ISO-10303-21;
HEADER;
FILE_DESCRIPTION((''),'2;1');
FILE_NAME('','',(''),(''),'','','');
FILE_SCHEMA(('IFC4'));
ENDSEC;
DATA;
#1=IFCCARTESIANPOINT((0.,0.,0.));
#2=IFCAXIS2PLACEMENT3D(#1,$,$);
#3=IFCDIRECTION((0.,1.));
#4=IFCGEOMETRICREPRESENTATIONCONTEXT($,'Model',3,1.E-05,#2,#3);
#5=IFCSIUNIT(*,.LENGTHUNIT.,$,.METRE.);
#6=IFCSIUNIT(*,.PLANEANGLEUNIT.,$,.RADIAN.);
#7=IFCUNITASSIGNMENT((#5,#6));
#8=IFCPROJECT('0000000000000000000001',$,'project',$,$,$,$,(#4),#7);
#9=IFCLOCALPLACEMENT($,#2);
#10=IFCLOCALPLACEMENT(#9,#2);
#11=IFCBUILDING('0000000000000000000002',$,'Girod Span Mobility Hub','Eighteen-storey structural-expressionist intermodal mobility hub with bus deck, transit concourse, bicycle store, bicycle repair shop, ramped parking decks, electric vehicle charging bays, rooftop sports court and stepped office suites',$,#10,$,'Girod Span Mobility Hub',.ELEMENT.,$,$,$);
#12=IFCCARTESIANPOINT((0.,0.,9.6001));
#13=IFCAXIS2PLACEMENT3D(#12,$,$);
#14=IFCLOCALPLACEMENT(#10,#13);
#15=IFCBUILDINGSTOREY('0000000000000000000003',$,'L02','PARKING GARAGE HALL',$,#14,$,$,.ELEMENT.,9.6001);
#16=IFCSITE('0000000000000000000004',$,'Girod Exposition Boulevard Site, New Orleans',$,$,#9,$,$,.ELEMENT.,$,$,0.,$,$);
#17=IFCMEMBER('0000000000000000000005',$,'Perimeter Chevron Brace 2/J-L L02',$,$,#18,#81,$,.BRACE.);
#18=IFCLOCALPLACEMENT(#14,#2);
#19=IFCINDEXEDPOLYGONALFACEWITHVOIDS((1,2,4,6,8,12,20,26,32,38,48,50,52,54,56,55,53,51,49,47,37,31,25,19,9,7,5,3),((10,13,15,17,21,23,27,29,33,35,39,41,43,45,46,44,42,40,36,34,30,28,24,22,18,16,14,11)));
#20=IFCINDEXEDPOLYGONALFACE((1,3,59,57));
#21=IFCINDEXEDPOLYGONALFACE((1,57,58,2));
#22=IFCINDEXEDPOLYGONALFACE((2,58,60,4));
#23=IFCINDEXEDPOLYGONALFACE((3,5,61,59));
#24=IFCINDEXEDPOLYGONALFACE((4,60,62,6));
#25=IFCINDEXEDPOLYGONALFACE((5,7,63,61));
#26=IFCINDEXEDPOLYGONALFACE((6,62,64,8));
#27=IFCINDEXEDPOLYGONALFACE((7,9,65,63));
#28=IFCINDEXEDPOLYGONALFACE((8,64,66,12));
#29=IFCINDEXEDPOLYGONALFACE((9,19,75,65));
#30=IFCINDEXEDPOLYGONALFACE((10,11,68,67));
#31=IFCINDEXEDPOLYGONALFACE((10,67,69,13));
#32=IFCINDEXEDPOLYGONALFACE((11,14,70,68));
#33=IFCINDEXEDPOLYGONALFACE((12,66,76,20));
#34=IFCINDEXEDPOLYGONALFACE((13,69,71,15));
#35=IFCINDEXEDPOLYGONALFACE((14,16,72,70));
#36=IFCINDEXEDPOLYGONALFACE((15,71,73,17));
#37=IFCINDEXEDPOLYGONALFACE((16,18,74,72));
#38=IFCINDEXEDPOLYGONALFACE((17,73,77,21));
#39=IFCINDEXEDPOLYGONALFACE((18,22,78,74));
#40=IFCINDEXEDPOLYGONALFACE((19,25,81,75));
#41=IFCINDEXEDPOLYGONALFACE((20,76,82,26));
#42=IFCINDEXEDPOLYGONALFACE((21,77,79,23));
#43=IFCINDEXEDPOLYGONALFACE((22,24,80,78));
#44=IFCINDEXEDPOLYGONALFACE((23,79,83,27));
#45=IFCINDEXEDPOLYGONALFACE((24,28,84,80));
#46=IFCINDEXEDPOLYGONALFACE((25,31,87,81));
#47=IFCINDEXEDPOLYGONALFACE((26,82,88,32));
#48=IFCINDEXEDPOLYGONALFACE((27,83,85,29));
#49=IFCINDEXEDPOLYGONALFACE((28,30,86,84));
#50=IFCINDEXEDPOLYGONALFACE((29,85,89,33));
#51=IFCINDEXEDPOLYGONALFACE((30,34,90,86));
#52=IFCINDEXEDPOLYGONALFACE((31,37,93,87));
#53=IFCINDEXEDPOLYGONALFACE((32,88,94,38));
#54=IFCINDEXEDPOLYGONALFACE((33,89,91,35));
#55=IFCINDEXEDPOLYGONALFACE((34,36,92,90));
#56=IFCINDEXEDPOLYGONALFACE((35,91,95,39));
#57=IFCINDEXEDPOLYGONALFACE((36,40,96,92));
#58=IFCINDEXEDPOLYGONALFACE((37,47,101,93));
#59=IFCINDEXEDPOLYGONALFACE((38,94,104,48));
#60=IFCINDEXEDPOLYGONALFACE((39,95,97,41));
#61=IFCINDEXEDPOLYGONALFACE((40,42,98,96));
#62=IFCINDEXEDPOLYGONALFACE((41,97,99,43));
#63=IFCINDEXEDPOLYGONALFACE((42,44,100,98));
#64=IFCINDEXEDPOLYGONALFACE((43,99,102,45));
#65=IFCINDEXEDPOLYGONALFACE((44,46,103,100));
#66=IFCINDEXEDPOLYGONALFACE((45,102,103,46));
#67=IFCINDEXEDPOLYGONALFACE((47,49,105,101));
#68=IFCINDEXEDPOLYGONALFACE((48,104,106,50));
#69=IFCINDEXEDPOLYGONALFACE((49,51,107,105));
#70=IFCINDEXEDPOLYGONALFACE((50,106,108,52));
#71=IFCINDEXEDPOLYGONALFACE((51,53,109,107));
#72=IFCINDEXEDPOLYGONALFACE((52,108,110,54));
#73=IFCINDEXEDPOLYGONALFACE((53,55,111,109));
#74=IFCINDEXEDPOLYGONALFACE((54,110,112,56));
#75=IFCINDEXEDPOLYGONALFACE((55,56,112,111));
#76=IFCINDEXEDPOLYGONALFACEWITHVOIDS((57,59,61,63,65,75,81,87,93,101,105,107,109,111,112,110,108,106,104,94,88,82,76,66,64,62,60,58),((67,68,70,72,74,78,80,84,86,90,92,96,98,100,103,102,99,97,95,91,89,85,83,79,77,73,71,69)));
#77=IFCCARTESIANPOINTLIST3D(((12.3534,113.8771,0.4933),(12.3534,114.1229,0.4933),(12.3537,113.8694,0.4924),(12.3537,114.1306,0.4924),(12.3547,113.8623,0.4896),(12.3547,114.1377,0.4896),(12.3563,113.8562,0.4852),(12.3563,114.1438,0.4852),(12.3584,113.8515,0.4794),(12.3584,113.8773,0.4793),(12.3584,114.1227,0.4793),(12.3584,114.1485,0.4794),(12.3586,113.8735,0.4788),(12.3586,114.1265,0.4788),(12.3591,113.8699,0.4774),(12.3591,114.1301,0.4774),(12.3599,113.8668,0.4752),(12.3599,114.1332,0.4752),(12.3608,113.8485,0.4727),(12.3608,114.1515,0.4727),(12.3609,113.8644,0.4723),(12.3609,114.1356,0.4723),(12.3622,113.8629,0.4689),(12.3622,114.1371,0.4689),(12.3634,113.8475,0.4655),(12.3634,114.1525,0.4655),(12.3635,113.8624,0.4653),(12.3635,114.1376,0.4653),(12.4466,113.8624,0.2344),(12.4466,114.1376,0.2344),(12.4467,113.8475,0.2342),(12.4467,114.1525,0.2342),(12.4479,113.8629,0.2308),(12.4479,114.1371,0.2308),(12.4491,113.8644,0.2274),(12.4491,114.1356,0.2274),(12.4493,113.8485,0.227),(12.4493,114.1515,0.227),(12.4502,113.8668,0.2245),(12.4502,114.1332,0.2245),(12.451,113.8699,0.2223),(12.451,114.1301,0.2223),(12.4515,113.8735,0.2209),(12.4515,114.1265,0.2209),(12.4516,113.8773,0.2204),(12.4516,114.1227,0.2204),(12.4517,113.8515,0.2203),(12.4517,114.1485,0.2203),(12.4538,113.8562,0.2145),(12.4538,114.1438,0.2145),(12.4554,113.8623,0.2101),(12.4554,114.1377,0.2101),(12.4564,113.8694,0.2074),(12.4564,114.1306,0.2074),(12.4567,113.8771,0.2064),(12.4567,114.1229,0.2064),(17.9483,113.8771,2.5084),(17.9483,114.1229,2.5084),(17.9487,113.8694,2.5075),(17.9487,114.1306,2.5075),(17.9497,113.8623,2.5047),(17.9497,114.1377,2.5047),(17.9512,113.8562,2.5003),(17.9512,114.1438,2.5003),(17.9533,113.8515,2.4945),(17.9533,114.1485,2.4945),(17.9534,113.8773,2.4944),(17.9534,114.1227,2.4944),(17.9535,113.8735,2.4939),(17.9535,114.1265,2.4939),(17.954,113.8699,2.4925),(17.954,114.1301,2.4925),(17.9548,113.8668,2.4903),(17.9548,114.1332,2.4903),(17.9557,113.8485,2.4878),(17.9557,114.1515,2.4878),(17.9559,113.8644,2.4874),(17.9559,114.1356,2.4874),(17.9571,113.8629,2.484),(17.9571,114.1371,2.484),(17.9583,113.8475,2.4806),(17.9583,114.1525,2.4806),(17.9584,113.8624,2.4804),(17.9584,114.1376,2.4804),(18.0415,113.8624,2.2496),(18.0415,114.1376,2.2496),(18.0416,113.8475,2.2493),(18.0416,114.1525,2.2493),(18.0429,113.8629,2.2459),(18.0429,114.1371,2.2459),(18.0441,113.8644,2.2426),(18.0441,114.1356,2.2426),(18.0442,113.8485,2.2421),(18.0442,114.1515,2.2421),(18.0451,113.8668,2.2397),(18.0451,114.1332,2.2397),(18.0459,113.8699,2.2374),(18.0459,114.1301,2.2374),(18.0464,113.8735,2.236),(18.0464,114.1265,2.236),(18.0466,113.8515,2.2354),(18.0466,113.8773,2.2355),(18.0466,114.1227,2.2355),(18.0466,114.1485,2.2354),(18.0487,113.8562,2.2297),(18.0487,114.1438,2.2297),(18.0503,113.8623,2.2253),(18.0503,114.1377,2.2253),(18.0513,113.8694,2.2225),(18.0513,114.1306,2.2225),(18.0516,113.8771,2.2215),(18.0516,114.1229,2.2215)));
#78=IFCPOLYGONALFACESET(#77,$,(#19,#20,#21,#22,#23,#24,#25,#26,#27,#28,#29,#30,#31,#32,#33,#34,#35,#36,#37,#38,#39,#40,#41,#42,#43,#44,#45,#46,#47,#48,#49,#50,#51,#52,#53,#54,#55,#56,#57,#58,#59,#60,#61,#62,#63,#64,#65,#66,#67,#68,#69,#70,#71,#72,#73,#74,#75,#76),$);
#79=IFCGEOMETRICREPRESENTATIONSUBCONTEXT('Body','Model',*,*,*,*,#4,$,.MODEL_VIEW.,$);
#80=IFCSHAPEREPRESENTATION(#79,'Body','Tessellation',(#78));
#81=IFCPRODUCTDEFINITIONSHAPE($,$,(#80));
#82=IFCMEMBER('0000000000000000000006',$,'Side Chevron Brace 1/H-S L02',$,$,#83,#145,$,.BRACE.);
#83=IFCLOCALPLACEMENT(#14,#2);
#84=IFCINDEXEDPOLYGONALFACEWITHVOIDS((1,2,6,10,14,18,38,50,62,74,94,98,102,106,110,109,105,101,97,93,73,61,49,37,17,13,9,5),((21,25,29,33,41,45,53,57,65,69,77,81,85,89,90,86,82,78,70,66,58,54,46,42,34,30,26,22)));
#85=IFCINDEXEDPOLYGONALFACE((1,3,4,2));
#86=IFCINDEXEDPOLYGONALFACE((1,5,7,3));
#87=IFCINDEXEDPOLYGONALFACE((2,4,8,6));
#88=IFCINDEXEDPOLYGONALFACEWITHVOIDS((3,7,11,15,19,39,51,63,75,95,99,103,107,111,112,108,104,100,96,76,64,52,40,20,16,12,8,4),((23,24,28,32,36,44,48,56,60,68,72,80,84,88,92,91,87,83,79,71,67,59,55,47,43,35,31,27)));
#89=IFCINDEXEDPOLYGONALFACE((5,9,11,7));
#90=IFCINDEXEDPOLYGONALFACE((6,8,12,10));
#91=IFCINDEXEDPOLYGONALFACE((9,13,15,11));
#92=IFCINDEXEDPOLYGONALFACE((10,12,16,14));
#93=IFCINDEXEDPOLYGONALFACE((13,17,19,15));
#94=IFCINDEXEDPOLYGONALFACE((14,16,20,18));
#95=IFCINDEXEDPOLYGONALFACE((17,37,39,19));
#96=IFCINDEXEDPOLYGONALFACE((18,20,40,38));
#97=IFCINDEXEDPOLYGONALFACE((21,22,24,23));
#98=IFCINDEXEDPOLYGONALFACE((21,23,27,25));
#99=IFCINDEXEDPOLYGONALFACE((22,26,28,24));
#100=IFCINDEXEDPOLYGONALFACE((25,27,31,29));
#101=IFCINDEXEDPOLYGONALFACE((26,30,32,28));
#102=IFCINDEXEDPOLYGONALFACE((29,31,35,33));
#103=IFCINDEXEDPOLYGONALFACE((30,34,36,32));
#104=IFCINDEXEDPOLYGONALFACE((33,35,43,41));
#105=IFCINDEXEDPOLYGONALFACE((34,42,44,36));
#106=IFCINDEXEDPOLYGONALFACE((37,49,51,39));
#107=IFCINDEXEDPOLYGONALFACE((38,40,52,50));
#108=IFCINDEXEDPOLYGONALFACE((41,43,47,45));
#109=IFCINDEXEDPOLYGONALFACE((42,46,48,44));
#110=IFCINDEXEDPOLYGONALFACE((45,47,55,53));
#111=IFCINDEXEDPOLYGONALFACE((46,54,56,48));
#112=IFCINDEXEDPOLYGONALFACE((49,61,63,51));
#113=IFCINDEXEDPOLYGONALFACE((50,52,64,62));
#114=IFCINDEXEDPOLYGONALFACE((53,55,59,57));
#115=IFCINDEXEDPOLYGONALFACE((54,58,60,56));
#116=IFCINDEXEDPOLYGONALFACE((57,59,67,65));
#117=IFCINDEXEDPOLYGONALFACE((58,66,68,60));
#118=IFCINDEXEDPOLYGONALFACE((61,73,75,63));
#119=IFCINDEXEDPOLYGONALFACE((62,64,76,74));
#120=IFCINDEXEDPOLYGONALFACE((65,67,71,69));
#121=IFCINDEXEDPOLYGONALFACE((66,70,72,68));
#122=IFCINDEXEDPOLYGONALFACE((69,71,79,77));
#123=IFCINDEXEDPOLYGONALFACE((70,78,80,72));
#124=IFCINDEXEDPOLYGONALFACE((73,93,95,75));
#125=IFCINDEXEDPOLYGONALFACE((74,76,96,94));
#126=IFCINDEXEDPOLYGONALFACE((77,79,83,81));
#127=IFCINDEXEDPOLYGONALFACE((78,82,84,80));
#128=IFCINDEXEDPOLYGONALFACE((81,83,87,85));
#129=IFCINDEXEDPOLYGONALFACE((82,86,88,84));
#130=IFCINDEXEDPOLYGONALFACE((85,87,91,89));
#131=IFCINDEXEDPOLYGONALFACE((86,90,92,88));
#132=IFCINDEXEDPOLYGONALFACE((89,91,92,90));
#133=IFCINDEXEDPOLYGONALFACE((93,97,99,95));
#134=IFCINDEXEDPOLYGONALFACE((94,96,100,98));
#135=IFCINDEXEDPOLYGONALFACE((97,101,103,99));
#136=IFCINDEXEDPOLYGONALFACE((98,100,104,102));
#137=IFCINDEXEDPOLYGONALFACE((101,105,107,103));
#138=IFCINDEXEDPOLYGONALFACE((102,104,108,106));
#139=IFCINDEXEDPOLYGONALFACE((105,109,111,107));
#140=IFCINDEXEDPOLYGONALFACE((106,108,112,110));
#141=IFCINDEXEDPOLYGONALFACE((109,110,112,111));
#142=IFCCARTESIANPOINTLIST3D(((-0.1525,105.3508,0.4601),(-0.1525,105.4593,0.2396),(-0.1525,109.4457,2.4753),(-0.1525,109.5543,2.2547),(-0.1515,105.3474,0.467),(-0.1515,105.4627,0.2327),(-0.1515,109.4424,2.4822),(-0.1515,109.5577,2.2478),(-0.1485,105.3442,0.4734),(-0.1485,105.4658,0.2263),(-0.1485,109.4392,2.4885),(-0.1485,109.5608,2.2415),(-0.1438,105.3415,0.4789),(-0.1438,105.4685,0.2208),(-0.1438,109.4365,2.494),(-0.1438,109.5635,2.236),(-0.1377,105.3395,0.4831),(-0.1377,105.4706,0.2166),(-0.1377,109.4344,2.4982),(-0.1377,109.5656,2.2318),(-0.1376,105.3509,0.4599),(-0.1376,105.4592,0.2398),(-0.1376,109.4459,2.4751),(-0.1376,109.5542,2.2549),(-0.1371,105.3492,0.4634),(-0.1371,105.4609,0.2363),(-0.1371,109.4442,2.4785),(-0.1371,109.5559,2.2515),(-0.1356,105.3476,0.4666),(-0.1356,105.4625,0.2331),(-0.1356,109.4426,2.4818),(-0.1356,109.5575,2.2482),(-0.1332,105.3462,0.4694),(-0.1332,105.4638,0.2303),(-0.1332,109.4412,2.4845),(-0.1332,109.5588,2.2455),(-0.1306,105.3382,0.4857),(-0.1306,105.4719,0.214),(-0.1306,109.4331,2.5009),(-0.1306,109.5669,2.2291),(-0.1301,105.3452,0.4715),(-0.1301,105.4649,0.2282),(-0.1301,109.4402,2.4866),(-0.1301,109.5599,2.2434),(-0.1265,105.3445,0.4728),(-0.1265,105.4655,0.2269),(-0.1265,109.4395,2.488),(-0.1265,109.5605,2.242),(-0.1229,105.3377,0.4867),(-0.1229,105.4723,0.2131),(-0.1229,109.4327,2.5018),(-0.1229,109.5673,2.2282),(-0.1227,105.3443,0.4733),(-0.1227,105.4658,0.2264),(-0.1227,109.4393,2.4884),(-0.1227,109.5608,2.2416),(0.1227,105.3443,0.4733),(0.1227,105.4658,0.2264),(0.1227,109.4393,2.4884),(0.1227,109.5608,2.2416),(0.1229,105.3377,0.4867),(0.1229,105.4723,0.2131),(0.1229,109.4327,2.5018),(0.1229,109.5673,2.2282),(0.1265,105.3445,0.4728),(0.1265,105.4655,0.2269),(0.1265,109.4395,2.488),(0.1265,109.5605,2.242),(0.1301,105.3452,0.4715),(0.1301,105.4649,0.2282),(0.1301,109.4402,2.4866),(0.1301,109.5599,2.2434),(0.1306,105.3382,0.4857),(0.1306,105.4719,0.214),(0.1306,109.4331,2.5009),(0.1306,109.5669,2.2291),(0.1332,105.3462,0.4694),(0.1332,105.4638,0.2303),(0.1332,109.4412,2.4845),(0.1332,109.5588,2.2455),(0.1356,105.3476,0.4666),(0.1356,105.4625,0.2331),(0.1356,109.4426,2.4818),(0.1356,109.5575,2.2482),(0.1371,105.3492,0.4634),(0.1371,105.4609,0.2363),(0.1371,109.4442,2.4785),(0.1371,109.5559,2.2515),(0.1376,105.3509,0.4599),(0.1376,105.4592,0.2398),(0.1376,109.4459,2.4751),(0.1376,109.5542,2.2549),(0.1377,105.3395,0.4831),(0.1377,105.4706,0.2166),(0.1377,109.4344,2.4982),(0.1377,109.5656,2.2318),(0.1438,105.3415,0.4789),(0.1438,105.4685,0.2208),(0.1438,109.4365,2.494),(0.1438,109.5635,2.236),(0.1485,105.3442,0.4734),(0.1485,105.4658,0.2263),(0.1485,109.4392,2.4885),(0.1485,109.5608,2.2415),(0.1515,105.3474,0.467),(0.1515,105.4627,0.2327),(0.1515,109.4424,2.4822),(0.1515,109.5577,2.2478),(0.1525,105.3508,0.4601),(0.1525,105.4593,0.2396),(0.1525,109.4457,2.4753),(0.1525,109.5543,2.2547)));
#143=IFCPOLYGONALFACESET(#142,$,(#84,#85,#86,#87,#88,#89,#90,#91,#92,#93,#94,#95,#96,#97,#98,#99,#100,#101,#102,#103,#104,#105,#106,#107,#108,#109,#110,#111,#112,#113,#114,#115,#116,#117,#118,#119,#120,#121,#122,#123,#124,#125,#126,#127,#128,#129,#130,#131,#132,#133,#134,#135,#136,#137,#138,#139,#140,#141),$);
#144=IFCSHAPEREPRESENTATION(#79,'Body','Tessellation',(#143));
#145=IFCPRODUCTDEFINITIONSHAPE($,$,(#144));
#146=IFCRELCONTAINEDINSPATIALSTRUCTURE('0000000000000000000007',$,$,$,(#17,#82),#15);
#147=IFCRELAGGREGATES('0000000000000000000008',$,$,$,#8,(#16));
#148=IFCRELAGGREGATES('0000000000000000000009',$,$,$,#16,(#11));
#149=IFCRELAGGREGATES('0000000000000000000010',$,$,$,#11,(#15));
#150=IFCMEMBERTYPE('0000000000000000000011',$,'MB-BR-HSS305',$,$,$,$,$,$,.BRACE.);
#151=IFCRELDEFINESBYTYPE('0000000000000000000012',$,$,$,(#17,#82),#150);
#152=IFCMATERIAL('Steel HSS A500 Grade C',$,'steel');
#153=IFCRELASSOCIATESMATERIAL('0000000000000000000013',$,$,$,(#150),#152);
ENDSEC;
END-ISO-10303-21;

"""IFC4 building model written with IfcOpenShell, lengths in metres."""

from ifc_helpers import new_model, si_unit, direction, frame, origin, origin_2d, place, context, subcontext, project, spatial, hollow_rectangle, extrude, material, material_profile, profile_set, type_object, element, save


model = new_model("IFC4")

# Units and contexts
model_context = context("Model", 3, precision=1e-05, world=origin(), true_north=direction((0.0, 1.0)))
body_context = subcontext(model_context, "Body", "Model", "MODEL_VIEW")
ifc_project = project(units=[si_unit("LENGTHUNIT", "METRE"), si_unit("PLANEANGLEUNIT", "RADIAN")], contexts=[model_context])

# Site, building, storey
site_placement = place(None, origin())
site = spatial("IfcSite", under=ifc_project, at=site_placement, Name="Girod Exposition Boulevard Site, New Orleans", CompositionType="ELEMENT", RefElevation=0.0)
building_placement = place(site_placement, origin())
building = spatial("IfcBuilding", under=site, at=building_placement, Name="Girod Span Mobility Hub", Description="Eighteen-storey structural-expressionist intermodal mobility hub with bus deck, transit concourse, bicycle store, bicycle repair shop, ramped parking decks, electric vehicle charging bays, rooftop sports court and stepped office suites", LongName="Girod Span Mobility Hub", CompositionType="ELEMENT")
storey_placement = place(building_placement, frame((0.0, 0.0, 9.6001)))
storey = spatial("IfcBuildingStorey", under=building, at=storey_placement, Name="L02", Description="PARKING GARAGE HALL", CompositionType="ELEMENT", Elevation=9.6001)

# Members
ifc_material_1 = material(Name="Steel HSS A500 Grade C", Category="steel")
ifc_material_profile_1 = material_profile(ifc_material_1, hollow_rectangle(XDim=0.3049, YDim=0.3049, WallThickness=0.0149, InnerFilletRadius=0.0149, OuterFilletRadius=0.0295, at=origin_2d()), Name="HSS305X305X16")
ifc_profile_set_1 = profile_set([ifc_material_profile_1], Name="Steel HSS A500 Grade C")
member_type = type_object("IfcMemberType", Name="MB-BR-HSS305", PredefinedType="BRACE", material=ifc_profile_set_1)
member_placement = place(storey_placement, frame((12.405, 114.0, 0.3499), z_axis=(0.940837, 0.0, 0.33886), x_axis=(0.0, 1.0, 0.0)))
element("IfcMember", 1, at=member_placement, inside=storey, type_object=member_type, Name="Perimeter Chevron Brace 2/J-L L02", PredefinedType="BRACE", context=body_context, shape_type="SweptSolid", body=[
    extrude(hollow_rectangle(XDim=0.3049, YDim=0.3049, WallThickness=0.0149, InnerFilletRadius=0.0149, OuterFilletRadius=0.0295, at=origin_2d()), origin(), (0.0, 0.0, 1.0), 5.9468),
])
for number, where, z_axis, x_axis, name in (
    (2, (0.0, 105.405, 0.3499), (0.0, 0.897244, 0.441534), (-1.0, 0.0, 0.0), "Side Chevron Brace 1/H-S L02"),
):
    element("IfcMember", number, at=place(storey_placement, frame(where, z_axis=z_axis, x_axis=x_axis)), inside=storey, type_object=member_type, Name=name, PredefinedType="BRACE", context=body_context, shape_type="SweptSolid", body=[
        extrude(hollow_rectangle(XDim=0.3049, YDim=0.3049, WallThickness=0.0149, InnerFilletRadius=0.0149, OuterFilletRadius=0.0295, at=origin_2d()), origin(), (0.0, 0.0, 1.0), 4.564),
    ])

save(model, "model.ifc")
